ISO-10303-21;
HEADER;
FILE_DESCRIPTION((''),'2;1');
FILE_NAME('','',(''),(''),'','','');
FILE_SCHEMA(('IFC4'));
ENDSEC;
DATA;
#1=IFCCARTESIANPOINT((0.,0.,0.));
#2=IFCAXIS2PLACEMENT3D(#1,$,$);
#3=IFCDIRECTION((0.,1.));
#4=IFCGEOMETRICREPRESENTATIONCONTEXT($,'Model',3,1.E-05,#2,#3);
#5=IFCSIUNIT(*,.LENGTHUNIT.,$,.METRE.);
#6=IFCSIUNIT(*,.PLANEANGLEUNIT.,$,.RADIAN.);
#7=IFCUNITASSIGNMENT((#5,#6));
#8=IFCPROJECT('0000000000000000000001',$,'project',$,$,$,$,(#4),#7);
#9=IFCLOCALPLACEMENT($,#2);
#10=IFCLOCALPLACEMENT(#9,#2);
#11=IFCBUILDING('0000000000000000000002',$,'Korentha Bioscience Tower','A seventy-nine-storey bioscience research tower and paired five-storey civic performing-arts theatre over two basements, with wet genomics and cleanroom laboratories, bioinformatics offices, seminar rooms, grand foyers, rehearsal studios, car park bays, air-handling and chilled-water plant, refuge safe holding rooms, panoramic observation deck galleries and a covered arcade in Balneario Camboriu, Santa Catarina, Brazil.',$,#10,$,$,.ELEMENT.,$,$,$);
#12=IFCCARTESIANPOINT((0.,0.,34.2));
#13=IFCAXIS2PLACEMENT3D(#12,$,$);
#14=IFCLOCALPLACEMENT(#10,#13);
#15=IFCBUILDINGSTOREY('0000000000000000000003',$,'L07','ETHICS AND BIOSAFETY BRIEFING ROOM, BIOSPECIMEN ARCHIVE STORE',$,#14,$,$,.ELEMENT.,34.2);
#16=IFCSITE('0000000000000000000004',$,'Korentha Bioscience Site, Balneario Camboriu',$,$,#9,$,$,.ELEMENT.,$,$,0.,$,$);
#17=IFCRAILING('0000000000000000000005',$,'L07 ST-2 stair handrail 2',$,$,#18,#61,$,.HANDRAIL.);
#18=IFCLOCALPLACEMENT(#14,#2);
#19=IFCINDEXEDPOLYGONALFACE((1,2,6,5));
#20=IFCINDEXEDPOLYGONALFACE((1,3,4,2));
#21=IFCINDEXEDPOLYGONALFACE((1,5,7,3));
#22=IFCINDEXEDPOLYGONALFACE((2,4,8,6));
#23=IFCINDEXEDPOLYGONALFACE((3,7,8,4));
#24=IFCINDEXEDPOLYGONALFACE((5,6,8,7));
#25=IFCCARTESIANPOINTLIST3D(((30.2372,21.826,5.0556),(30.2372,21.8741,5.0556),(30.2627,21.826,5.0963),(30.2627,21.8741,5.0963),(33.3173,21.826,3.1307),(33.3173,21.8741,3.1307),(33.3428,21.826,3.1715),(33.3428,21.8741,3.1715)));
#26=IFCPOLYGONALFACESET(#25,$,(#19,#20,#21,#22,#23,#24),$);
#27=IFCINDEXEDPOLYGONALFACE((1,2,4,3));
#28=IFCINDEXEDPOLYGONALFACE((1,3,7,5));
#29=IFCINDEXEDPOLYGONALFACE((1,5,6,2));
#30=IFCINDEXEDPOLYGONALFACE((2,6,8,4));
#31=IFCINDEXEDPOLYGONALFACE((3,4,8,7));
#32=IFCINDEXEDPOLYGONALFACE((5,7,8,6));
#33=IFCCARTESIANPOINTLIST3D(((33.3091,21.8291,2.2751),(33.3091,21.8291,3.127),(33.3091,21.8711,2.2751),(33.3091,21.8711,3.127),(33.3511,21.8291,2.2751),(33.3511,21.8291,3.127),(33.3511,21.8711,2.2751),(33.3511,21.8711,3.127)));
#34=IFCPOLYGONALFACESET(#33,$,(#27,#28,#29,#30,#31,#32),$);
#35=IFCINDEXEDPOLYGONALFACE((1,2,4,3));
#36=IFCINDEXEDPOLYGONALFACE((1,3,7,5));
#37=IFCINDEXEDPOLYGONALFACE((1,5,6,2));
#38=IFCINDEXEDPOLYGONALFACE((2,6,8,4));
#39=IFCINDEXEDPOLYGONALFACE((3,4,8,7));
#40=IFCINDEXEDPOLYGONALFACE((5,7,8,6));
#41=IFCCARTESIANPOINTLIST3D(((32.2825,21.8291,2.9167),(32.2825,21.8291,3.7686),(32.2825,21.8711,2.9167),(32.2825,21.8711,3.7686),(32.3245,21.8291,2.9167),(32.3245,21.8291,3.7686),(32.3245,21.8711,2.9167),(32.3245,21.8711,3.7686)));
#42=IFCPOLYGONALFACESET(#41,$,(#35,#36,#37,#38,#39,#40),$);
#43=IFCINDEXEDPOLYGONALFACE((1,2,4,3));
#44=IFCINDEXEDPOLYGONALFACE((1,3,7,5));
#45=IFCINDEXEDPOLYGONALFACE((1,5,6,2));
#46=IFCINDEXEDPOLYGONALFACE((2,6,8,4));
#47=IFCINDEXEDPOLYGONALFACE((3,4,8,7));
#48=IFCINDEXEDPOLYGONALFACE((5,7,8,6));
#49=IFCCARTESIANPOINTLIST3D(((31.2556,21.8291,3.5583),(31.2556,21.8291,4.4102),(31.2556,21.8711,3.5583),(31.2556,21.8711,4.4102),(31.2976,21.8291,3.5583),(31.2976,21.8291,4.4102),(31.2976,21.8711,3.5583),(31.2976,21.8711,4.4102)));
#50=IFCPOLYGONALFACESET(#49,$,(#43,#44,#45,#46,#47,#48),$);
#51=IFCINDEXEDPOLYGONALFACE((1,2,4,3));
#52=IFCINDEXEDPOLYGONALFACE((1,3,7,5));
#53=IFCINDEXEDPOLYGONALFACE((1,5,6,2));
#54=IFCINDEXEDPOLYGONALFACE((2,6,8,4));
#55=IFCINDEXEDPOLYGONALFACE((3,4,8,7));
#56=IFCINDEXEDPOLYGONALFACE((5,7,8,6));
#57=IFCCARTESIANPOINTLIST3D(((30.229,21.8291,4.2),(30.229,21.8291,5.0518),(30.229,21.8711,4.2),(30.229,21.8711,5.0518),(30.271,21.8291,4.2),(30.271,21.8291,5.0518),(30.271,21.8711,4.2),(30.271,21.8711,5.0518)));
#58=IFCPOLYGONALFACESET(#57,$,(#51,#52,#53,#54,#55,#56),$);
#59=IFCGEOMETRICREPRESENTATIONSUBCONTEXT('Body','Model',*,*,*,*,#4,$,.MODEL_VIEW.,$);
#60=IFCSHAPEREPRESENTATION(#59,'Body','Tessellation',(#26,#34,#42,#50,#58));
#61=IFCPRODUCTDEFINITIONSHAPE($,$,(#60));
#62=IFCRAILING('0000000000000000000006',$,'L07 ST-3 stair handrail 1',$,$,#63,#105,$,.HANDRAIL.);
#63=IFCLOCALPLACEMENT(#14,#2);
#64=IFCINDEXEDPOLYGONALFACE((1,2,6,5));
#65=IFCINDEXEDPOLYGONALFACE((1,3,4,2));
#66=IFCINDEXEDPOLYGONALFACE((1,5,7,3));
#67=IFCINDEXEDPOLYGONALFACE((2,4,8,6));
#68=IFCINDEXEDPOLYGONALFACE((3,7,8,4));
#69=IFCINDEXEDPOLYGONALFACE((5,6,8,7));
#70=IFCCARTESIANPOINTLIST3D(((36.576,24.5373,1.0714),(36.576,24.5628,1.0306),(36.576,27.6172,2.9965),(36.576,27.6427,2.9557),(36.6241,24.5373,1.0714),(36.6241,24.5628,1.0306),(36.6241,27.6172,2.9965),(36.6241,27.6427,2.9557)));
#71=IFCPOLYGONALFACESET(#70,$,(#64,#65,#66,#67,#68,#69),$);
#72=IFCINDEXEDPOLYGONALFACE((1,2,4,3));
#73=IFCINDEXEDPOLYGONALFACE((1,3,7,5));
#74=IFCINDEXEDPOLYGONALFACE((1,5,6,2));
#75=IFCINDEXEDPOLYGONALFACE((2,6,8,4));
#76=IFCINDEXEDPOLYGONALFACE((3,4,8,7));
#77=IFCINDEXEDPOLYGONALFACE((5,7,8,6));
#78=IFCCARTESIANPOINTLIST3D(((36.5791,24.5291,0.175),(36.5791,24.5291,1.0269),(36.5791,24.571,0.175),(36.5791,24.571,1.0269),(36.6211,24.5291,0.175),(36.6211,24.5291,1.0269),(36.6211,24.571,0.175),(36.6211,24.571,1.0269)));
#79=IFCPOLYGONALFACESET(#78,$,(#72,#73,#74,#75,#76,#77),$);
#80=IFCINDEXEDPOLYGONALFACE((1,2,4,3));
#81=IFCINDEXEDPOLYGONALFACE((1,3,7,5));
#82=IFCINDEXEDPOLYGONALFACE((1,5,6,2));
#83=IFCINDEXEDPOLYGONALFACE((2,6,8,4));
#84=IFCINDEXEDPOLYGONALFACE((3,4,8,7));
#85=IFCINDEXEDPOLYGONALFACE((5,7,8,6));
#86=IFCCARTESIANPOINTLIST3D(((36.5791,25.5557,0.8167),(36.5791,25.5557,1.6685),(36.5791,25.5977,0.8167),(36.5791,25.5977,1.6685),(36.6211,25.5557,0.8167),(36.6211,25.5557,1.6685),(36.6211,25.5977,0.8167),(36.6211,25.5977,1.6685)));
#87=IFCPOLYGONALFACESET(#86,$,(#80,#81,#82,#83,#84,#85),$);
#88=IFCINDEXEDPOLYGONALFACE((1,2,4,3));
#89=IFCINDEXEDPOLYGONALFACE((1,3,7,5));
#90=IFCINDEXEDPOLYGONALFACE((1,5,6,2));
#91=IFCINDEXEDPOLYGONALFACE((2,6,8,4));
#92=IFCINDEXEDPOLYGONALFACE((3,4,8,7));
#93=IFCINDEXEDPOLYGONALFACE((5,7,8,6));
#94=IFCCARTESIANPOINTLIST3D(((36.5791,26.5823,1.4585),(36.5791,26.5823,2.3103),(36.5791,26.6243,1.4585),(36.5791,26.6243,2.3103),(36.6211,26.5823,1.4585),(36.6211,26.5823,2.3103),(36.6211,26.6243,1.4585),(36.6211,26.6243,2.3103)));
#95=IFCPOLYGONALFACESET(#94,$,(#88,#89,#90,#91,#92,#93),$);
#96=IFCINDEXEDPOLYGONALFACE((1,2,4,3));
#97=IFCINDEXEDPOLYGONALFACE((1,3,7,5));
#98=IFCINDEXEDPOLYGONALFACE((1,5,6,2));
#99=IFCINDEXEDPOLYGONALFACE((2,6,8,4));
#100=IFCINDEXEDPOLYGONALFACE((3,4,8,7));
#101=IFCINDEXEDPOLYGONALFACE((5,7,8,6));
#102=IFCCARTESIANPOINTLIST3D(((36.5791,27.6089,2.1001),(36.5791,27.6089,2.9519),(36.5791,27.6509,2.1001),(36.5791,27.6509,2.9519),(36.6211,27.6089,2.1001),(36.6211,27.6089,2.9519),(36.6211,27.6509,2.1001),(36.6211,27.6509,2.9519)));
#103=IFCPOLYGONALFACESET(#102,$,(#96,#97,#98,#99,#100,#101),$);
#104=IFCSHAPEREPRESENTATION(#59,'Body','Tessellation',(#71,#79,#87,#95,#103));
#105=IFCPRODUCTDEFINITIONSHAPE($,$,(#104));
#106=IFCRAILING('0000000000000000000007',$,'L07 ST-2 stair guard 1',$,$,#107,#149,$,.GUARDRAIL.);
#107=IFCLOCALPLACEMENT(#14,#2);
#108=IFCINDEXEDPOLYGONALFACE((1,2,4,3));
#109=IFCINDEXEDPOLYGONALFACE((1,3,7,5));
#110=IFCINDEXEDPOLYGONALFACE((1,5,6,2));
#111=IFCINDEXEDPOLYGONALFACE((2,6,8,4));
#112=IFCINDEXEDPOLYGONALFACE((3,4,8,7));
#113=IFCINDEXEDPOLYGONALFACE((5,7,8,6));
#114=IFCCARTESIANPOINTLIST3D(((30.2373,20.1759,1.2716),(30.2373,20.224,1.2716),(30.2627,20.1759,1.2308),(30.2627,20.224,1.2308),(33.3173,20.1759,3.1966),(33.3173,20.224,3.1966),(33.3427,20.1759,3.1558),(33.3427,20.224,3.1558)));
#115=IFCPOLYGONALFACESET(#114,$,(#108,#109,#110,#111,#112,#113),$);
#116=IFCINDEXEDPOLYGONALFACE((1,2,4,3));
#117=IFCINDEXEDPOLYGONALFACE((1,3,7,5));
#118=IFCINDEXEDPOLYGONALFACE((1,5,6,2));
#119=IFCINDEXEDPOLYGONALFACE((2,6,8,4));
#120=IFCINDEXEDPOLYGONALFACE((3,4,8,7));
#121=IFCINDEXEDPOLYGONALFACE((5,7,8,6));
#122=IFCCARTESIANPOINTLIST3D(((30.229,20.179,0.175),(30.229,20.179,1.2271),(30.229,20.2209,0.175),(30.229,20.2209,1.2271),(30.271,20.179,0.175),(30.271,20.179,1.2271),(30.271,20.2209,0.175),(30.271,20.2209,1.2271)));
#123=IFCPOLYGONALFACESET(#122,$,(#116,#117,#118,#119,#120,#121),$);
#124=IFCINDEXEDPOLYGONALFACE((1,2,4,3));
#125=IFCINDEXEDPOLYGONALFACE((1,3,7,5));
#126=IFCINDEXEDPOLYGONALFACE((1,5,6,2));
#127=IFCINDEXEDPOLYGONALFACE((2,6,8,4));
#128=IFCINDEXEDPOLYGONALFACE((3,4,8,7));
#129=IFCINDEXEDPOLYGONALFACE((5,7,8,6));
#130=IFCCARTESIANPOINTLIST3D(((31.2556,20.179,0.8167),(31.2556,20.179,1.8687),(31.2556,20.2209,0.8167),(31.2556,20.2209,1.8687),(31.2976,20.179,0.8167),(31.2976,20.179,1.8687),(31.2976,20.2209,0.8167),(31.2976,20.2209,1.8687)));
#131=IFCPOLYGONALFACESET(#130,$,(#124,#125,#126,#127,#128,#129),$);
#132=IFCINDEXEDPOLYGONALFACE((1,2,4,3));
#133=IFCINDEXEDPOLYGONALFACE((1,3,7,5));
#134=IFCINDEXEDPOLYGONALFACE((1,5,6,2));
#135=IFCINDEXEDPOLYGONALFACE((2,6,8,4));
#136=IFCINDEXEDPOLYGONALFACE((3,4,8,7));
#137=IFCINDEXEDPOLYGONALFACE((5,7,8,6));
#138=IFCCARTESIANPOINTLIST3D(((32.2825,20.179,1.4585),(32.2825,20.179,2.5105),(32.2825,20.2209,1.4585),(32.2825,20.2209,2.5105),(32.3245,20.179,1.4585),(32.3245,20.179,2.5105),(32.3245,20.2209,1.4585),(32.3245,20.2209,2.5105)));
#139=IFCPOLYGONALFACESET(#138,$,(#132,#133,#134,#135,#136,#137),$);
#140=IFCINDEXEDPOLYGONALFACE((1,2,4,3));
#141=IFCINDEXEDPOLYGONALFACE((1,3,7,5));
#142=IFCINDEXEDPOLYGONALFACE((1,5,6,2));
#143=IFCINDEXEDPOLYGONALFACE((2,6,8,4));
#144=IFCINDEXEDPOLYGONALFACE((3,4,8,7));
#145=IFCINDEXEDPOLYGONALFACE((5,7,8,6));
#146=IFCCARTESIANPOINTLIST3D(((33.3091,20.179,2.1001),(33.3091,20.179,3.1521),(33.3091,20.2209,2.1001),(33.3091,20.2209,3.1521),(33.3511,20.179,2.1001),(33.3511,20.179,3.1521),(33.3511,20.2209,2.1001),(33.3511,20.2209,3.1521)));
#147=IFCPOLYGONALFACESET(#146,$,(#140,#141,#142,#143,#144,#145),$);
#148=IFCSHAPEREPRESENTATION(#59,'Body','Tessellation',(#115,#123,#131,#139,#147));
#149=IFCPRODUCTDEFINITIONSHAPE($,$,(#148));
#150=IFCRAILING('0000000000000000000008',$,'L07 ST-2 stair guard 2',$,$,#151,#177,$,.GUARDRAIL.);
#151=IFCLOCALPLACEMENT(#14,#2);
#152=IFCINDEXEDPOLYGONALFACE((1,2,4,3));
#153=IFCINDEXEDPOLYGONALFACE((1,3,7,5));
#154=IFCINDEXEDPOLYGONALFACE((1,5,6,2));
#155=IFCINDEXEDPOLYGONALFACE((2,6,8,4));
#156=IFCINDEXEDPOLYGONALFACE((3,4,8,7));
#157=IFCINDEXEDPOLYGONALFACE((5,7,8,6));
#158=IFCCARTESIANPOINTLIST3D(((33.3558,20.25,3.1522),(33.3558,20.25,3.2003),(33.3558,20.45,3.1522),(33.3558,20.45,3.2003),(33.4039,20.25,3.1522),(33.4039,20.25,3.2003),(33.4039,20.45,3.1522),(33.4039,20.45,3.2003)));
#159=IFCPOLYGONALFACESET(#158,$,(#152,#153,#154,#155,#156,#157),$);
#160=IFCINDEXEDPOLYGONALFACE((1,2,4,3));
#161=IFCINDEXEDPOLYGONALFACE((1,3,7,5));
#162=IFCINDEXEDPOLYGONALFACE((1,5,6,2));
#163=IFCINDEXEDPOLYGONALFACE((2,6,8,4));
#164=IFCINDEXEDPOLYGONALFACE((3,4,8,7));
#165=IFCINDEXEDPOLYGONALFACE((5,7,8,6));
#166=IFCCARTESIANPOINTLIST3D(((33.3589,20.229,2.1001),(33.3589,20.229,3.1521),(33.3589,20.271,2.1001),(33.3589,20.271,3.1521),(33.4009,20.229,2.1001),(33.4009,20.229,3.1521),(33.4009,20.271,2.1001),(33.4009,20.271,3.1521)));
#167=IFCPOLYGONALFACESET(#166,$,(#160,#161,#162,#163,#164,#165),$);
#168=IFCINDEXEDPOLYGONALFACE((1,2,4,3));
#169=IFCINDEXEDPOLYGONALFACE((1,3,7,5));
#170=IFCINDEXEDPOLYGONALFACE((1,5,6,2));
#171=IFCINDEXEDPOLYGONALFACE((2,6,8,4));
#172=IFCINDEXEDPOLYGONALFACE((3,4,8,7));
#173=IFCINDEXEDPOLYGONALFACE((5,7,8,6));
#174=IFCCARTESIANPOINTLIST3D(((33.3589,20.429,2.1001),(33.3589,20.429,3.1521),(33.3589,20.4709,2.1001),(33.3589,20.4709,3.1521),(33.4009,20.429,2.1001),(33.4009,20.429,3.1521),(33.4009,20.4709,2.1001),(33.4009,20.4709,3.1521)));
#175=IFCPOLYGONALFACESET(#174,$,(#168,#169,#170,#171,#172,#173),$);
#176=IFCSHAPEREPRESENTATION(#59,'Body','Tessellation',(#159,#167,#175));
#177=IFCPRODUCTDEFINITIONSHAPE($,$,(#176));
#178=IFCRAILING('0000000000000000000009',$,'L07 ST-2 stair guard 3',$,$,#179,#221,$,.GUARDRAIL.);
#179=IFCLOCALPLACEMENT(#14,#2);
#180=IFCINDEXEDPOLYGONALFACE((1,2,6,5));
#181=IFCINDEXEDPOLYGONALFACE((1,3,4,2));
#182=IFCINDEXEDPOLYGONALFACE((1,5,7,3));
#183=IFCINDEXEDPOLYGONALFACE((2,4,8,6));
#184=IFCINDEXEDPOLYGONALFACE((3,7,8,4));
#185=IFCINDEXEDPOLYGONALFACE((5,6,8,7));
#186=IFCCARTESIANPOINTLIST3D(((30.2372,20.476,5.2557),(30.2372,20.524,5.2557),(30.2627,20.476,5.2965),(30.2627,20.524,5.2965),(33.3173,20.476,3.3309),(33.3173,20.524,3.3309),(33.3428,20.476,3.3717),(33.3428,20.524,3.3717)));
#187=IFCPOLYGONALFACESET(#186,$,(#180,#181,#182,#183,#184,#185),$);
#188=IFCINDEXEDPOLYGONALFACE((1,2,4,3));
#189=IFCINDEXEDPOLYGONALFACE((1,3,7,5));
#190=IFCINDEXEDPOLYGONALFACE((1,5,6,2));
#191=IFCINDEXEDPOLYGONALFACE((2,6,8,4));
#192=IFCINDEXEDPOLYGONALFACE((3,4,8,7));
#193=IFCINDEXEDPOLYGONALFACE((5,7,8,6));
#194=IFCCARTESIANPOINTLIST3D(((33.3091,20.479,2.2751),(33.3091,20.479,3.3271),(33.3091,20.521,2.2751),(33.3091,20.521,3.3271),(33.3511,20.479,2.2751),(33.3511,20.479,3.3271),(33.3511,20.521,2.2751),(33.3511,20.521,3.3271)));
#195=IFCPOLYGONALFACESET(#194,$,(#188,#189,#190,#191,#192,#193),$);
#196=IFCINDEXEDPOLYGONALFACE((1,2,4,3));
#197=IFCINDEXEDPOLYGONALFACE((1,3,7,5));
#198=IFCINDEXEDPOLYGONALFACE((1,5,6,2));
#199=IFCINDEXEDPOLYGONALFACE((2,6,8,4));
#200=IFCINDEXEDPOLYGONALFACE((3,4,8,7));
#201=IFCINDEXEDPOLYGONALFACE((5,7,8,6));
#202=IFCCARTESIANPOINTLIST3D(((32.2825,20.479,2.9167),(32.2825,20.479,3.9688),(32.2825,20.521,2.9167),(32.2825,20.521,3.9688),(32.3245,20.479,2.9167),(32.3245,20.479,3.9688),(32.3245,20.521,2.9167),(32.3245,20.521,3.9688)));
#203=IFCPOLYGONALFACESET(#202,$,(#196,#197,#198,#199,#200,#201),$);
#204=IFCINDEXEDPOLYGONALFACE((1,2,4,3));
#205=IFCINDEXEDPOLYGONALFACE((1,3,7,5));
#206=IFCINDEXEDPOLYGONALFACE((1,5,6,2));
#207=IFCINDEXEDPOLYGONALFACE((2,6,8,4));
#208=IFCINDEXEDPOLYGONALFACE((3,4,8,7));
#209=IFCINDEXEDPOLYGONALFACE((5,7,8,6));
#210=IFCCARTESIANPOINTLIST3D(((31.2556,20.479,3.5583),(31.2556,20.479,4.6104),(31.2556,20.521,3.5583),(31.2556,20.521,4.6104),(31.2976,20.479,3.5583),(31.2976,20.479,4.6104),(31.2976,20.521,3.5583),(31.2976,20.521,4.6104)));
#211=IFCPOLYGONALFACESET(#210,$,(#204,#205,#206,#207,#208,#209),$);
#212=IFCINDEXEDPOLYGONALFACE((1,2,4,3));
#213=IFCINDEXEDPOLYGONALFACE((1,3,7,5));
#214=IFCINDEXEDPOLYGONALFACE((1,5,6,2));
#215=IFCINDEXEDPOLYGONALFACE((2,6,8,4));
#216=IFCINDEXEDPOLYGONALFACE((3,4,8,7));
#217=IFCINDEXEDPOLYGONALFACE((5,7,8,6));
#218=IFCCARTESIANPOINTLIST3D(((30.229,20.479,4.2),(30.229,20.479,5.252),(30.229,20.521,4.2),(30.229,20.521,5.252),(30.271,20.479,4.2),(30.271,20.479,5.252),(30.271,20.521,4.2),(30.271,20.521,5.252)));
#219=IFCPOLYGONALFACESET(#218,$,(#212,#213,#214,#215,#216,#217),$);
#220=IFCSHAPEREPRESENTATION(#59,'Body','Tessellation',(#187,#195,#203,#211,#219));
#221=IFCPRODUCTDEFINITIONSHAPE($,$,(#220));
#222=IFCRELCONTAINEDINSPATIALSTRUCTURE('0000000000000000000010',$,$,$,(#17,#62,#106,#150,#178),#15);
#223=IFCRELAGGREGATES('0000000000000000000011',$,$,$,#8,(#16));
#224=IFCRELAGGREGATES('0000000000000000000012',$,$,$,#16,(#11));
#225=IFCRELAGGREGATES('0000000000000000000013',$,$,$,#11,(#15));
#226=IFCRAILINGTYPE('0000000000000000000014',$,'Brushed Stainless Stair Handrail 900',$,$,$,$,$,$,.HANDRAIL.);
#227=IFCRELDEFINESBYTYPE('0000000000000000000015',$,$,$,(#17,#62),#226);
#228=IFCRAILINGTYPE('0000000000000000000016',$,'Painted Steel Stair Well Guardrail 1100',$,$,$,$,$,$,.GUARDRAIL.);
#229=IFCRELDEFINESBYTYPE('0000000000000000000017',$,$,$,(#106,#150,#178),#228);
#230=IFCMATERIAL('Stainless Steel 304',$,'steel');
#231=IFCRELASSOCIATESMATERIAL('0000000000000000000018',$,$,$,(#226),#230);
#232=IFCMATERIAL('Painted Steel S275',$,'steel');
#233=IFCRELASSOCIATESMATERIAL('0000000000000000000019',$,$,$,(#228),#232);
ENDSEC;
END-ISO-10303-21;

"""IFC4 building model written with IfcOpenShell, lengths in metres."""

from ifc_helpers import new_model, si_unit, direction, frame, origin, origin_2d, place, context, subcontext, project, spatial, rectangle, extrude, material, type_object, element, save


model = new_model("IFC4")

# Units and contexts
model_context = context("Model", 3, precision=1e-05, world=origin(), true_north=direction((0.0, 1.0)))
body_context = subcontext(model_context, "Body", "Model", "MODEL_VIEW")
ifc_project = project(units=[si_unit("LENGTHUNIT", "METRE"), si_unit("PLANEANGLEUNIT", "RADIAN")], contexts=[model_context])

# Site, building, storey
site_placement = place(None, origin())
site = spatial("IfcSite", under=ifc_project, at=site_placement, Name="Korentha Bioscience Site, Balneario Camboriu", CompositionType="ELEMENT", RefElevation=0.0)
building_placement = place(site_placement, origin())
building = spatial("IfcBuilding", under=site, at=building_placement, Name="Korentha Bioscience Tower", Description="A seventy-nine-storey bioscience research tower and paired five-storey civic performing-arts theatre over two basements, with wet genomics and cleanroom laboratories, bioinformatics offices, seminar rooms, grand foyers, rehearsal studios, car park bays, air-handling and chilled-water plant, refuge safe holding rooms, panoramic observation deck galleries and a covered arcade in Balneario Camboriu, Santa Catarina, Brazil.", CompositionType="ELEMENT")
storey_placement = place(building_placement, frame((0.0, 0.0, 34.2)))
storey = spatial("IfcBuildingStorey", under=building, at=storey_placement, Name="L07", Description="ETHICS AND BIOSAFETY BRIEFING ROOM, BIOSPECIMEN ARCHIVE STORE", CompositionType="ELEMENT", Elevation=34.2)

# Railings
ifc_material_1 = material(Name="Stainless Steel 304", Category="steel")
railing_type_1 = type_object("IfcRailingType", Name="Brushed Stainless Stair Handrail 900", PredefinedType="HANDRAIL", material=ifc_material_1)
railing_1_placement = place(storey_placement, frame((33.3301, 21.8501, 2.2751)))
element("IfcRailing", 1, at=railing_1_placement, inside=storey, type_object=railing_type_1, Name="L07 ST-2 stair handrail 2", PredefinedType="HANDRAIL", context=body_context, shape_type="SweptSolid", body=[
    extrude(rectangle(XDim=0.0481, YDim=0.0481, at=origin_2d()), frame((0.0, 0.0, 0.876), z_axis=(-0.848029, 0.0, 0.529951), x_axis=(0.0, -1.0, 0.0)), (0.0, 0.0, 1.0), 3.6321),
    extrude(rectangle(XDim=0.042, YDim=0.042, at=origin_2d()), origin(), (0.0, 0.0, 1.0), 0.8518),
    extrude(rectangle(XDim=0.042, YDim=0.042, at=origin_2d()), frame((-1.0266, 0.0, 0.6416)), (0.0, 0.0, 1.0), 0.8518),
    extrude(rectangle(XDim=0.042, YDim=0.042, at=origin_2d()), frame((-2.0535, 0.0, 1.2832)), (0.0, 0.0, 1.0), 0.8518),
    extrude(rectangle(XDim=0.042, YDim=0.042, at=origin_2d()), frame((-3.0801, 0.0, 1.9248)), (0.0, 0.0, 1.0), 0.8518),
])
railing_2_placement = place(storey_placement, frame((36.6001, 24.55, 0.175)))
element("IfcRailing", 2, at=railing_2_placement, inside=storey, type_object=railing_type_1, Name="L07 ST-3 stair handrail 1", PredefinedType="HANDRAIL", context=body_context, shape_type="SweptSolid", body=[
    extrude(rectangle(XDim=0.0481, YDim=0.0481, at=origin_2d()), frame((0.0, 0.0, 0.876), z_axis=(0.0, 0.847979, 0.530029), x_axis=(-1.0, 0.0, 0.0)), (0.0, 0.0, 1.0), 3.6321),
    extrude(rectangle(XDim=0.042, YDim=0.042, at=origin_2d()), origin(), (0.0, 0.0, 1.0), 0.8518),
    extrude(rectangle(XDim=0.042, YDim=0.042, at=origin_2d()), frame((0.0, 1.0266, 0.6416)), (0.0, 0.0, 1.0), 0.8518),
    extrude(rectangle(XDim=0.042, YDim=0.042, at=origin_2d()), frame((0.0, 2.0532, 1.2834)), (0.0, 0.0, 1.0), 0.8518),
    extrude(rectangle(XDim=0.042, YDim=0.042, at=origin_2d()), frame((0.0, 3.0798, 1.925)), (0.0, 0.0, 1.0), 0.8518),
])
ifc_material_2 = material(Name="Painted Steel S275", Category="steel")
railing_type_2 = type_object("IfcRailingType", Name="Painted Steel Stair Well Guardrail 1100", PredefinedType="GUARDRAIL", material=ifc_material_2)
railing_3_placement = place(storey_placement, frame((30.25, 20.2, 0.175)))
element("IfcRailing", 3, at=railing_3_placement, inside=storey, type_object=railing_type_2, Name="L07 ST-2 stair guard 1", PredefinedType="GUARDRAIL", context=body_context, shape_type="SweptSolid", body=[
    extrude(rectangle(XDim=0.0481, YDim=0.0481, at=origin_2d()), frame((0.0, 0.0, 1.0762), z_axis=(0.847998, 0.0, 0.529999), x_axis=(0.0, 1.0, 0.0)), (0.0, 0.0, 1.0), 3.6321),
    extrude(rectangle(XDim=0.042, YDim=0.042, at=origin_2d()), origin(), (0.0, 0.0, 1.0), 1.052),
    extrude(rectangle(XDim=0.042, YDim=0.042, at=origin_2d()), frame((1.0266, 0.0, 0.6416)), (0.0, 0.0, 1.0), 1.052),
    extrude(rectangle(XDim=0.042, YDim=0.042, at=origin_2d()), frame((2.0535, 0.0, 1.2834)), (0.0, 0.0, 1.0), 1.052),
    extrude(rectangle(XDim=0.042, YDim=0.042, at=origin_2d()), frame((3.0801, 0.0, 1.925)), (0.0, 0.0, 1.0), 1.052),
])
railing_4_placement = place(storey_placement, frame((33.3799, 20.25, 2.1001)))
element("IfcRailing", 4, at=railing_4_placement, inside=storey, type_object=railing_type_2, Name="L07 ST-2 stair guard 2", PredefinedType="GUARDRAIL", context=body_context, shape_type="SweptSolid", body=[
    extrude(rectangle(XDim=0.0481, YDim=0.0481, at=origin_2d()), frame((0.0, 0.0, 1.0762), z_axis=(0.0, 1.0, 0.0), x_axis=(-1.0, 0.0, 0.0)), (0.0, 0.0, 1.0), 0.2),
    extrude(rectangle(XDim=0.042, YDim=0.042, at=origin_2d()), origin(), (0.0, 0.0, 1.0), 1.052),
    extrude(rectangle(XDim=0.042, YDim=0.042, at=origin_2d()), frame((0.0, 0.2, 0.0)), (0.0, 0.0, 1.0), 1.052),
])
railing_5_placement = place(storey_placement, frame((33.3301, 20.5, 2.2751)))
element("IfcRailing", 5, at=railing_5_placement, inside=storey, type_object=railing_type_2, Name="L07 ST-2 stair guard 3", PredefinedType="GUARDRAIL", context=body_context, shape_type="SweptSolid", body=[
    extrude(rectangle(XDim=0.0481, YDim=0.0481, at=origin_2d()), frame((0.0, 0.0, 1.0762), z_axis=(-0.848029, 0.0, 0.529951), x_axis=(0.0, -1.0, 0.0)), (0.0, 0.0, 1.0), 3.6321),
    extrude(rectangle(XDim=0.042, YDim=0.042, at=origin_2d()), origin(), (0.0, 0.0, 1.0), 1.052),
    extrude(rectangle(XDim=0.042, YDim=0.042, at=origin_2d()), frame((-1.0266, 0.0, 0.6416)), (0.0, 0.0, 1.0), 1.052),
    extrude(rectangle(XDim=0.042, YDim=0.042, at=origin_2d()), frame((-2.0535, 0.0, 1.2832)), (0.0, 0.0, 1.0), 1.052),
    extrude(rectangle(XDim=0.042, YDim=0.042, at=origin_2d()), frame((-3.0801, 0.0, 1.9248)), (0.0, 0.0, 1.0), 1.052),
])

save(model, "model.ifc")
